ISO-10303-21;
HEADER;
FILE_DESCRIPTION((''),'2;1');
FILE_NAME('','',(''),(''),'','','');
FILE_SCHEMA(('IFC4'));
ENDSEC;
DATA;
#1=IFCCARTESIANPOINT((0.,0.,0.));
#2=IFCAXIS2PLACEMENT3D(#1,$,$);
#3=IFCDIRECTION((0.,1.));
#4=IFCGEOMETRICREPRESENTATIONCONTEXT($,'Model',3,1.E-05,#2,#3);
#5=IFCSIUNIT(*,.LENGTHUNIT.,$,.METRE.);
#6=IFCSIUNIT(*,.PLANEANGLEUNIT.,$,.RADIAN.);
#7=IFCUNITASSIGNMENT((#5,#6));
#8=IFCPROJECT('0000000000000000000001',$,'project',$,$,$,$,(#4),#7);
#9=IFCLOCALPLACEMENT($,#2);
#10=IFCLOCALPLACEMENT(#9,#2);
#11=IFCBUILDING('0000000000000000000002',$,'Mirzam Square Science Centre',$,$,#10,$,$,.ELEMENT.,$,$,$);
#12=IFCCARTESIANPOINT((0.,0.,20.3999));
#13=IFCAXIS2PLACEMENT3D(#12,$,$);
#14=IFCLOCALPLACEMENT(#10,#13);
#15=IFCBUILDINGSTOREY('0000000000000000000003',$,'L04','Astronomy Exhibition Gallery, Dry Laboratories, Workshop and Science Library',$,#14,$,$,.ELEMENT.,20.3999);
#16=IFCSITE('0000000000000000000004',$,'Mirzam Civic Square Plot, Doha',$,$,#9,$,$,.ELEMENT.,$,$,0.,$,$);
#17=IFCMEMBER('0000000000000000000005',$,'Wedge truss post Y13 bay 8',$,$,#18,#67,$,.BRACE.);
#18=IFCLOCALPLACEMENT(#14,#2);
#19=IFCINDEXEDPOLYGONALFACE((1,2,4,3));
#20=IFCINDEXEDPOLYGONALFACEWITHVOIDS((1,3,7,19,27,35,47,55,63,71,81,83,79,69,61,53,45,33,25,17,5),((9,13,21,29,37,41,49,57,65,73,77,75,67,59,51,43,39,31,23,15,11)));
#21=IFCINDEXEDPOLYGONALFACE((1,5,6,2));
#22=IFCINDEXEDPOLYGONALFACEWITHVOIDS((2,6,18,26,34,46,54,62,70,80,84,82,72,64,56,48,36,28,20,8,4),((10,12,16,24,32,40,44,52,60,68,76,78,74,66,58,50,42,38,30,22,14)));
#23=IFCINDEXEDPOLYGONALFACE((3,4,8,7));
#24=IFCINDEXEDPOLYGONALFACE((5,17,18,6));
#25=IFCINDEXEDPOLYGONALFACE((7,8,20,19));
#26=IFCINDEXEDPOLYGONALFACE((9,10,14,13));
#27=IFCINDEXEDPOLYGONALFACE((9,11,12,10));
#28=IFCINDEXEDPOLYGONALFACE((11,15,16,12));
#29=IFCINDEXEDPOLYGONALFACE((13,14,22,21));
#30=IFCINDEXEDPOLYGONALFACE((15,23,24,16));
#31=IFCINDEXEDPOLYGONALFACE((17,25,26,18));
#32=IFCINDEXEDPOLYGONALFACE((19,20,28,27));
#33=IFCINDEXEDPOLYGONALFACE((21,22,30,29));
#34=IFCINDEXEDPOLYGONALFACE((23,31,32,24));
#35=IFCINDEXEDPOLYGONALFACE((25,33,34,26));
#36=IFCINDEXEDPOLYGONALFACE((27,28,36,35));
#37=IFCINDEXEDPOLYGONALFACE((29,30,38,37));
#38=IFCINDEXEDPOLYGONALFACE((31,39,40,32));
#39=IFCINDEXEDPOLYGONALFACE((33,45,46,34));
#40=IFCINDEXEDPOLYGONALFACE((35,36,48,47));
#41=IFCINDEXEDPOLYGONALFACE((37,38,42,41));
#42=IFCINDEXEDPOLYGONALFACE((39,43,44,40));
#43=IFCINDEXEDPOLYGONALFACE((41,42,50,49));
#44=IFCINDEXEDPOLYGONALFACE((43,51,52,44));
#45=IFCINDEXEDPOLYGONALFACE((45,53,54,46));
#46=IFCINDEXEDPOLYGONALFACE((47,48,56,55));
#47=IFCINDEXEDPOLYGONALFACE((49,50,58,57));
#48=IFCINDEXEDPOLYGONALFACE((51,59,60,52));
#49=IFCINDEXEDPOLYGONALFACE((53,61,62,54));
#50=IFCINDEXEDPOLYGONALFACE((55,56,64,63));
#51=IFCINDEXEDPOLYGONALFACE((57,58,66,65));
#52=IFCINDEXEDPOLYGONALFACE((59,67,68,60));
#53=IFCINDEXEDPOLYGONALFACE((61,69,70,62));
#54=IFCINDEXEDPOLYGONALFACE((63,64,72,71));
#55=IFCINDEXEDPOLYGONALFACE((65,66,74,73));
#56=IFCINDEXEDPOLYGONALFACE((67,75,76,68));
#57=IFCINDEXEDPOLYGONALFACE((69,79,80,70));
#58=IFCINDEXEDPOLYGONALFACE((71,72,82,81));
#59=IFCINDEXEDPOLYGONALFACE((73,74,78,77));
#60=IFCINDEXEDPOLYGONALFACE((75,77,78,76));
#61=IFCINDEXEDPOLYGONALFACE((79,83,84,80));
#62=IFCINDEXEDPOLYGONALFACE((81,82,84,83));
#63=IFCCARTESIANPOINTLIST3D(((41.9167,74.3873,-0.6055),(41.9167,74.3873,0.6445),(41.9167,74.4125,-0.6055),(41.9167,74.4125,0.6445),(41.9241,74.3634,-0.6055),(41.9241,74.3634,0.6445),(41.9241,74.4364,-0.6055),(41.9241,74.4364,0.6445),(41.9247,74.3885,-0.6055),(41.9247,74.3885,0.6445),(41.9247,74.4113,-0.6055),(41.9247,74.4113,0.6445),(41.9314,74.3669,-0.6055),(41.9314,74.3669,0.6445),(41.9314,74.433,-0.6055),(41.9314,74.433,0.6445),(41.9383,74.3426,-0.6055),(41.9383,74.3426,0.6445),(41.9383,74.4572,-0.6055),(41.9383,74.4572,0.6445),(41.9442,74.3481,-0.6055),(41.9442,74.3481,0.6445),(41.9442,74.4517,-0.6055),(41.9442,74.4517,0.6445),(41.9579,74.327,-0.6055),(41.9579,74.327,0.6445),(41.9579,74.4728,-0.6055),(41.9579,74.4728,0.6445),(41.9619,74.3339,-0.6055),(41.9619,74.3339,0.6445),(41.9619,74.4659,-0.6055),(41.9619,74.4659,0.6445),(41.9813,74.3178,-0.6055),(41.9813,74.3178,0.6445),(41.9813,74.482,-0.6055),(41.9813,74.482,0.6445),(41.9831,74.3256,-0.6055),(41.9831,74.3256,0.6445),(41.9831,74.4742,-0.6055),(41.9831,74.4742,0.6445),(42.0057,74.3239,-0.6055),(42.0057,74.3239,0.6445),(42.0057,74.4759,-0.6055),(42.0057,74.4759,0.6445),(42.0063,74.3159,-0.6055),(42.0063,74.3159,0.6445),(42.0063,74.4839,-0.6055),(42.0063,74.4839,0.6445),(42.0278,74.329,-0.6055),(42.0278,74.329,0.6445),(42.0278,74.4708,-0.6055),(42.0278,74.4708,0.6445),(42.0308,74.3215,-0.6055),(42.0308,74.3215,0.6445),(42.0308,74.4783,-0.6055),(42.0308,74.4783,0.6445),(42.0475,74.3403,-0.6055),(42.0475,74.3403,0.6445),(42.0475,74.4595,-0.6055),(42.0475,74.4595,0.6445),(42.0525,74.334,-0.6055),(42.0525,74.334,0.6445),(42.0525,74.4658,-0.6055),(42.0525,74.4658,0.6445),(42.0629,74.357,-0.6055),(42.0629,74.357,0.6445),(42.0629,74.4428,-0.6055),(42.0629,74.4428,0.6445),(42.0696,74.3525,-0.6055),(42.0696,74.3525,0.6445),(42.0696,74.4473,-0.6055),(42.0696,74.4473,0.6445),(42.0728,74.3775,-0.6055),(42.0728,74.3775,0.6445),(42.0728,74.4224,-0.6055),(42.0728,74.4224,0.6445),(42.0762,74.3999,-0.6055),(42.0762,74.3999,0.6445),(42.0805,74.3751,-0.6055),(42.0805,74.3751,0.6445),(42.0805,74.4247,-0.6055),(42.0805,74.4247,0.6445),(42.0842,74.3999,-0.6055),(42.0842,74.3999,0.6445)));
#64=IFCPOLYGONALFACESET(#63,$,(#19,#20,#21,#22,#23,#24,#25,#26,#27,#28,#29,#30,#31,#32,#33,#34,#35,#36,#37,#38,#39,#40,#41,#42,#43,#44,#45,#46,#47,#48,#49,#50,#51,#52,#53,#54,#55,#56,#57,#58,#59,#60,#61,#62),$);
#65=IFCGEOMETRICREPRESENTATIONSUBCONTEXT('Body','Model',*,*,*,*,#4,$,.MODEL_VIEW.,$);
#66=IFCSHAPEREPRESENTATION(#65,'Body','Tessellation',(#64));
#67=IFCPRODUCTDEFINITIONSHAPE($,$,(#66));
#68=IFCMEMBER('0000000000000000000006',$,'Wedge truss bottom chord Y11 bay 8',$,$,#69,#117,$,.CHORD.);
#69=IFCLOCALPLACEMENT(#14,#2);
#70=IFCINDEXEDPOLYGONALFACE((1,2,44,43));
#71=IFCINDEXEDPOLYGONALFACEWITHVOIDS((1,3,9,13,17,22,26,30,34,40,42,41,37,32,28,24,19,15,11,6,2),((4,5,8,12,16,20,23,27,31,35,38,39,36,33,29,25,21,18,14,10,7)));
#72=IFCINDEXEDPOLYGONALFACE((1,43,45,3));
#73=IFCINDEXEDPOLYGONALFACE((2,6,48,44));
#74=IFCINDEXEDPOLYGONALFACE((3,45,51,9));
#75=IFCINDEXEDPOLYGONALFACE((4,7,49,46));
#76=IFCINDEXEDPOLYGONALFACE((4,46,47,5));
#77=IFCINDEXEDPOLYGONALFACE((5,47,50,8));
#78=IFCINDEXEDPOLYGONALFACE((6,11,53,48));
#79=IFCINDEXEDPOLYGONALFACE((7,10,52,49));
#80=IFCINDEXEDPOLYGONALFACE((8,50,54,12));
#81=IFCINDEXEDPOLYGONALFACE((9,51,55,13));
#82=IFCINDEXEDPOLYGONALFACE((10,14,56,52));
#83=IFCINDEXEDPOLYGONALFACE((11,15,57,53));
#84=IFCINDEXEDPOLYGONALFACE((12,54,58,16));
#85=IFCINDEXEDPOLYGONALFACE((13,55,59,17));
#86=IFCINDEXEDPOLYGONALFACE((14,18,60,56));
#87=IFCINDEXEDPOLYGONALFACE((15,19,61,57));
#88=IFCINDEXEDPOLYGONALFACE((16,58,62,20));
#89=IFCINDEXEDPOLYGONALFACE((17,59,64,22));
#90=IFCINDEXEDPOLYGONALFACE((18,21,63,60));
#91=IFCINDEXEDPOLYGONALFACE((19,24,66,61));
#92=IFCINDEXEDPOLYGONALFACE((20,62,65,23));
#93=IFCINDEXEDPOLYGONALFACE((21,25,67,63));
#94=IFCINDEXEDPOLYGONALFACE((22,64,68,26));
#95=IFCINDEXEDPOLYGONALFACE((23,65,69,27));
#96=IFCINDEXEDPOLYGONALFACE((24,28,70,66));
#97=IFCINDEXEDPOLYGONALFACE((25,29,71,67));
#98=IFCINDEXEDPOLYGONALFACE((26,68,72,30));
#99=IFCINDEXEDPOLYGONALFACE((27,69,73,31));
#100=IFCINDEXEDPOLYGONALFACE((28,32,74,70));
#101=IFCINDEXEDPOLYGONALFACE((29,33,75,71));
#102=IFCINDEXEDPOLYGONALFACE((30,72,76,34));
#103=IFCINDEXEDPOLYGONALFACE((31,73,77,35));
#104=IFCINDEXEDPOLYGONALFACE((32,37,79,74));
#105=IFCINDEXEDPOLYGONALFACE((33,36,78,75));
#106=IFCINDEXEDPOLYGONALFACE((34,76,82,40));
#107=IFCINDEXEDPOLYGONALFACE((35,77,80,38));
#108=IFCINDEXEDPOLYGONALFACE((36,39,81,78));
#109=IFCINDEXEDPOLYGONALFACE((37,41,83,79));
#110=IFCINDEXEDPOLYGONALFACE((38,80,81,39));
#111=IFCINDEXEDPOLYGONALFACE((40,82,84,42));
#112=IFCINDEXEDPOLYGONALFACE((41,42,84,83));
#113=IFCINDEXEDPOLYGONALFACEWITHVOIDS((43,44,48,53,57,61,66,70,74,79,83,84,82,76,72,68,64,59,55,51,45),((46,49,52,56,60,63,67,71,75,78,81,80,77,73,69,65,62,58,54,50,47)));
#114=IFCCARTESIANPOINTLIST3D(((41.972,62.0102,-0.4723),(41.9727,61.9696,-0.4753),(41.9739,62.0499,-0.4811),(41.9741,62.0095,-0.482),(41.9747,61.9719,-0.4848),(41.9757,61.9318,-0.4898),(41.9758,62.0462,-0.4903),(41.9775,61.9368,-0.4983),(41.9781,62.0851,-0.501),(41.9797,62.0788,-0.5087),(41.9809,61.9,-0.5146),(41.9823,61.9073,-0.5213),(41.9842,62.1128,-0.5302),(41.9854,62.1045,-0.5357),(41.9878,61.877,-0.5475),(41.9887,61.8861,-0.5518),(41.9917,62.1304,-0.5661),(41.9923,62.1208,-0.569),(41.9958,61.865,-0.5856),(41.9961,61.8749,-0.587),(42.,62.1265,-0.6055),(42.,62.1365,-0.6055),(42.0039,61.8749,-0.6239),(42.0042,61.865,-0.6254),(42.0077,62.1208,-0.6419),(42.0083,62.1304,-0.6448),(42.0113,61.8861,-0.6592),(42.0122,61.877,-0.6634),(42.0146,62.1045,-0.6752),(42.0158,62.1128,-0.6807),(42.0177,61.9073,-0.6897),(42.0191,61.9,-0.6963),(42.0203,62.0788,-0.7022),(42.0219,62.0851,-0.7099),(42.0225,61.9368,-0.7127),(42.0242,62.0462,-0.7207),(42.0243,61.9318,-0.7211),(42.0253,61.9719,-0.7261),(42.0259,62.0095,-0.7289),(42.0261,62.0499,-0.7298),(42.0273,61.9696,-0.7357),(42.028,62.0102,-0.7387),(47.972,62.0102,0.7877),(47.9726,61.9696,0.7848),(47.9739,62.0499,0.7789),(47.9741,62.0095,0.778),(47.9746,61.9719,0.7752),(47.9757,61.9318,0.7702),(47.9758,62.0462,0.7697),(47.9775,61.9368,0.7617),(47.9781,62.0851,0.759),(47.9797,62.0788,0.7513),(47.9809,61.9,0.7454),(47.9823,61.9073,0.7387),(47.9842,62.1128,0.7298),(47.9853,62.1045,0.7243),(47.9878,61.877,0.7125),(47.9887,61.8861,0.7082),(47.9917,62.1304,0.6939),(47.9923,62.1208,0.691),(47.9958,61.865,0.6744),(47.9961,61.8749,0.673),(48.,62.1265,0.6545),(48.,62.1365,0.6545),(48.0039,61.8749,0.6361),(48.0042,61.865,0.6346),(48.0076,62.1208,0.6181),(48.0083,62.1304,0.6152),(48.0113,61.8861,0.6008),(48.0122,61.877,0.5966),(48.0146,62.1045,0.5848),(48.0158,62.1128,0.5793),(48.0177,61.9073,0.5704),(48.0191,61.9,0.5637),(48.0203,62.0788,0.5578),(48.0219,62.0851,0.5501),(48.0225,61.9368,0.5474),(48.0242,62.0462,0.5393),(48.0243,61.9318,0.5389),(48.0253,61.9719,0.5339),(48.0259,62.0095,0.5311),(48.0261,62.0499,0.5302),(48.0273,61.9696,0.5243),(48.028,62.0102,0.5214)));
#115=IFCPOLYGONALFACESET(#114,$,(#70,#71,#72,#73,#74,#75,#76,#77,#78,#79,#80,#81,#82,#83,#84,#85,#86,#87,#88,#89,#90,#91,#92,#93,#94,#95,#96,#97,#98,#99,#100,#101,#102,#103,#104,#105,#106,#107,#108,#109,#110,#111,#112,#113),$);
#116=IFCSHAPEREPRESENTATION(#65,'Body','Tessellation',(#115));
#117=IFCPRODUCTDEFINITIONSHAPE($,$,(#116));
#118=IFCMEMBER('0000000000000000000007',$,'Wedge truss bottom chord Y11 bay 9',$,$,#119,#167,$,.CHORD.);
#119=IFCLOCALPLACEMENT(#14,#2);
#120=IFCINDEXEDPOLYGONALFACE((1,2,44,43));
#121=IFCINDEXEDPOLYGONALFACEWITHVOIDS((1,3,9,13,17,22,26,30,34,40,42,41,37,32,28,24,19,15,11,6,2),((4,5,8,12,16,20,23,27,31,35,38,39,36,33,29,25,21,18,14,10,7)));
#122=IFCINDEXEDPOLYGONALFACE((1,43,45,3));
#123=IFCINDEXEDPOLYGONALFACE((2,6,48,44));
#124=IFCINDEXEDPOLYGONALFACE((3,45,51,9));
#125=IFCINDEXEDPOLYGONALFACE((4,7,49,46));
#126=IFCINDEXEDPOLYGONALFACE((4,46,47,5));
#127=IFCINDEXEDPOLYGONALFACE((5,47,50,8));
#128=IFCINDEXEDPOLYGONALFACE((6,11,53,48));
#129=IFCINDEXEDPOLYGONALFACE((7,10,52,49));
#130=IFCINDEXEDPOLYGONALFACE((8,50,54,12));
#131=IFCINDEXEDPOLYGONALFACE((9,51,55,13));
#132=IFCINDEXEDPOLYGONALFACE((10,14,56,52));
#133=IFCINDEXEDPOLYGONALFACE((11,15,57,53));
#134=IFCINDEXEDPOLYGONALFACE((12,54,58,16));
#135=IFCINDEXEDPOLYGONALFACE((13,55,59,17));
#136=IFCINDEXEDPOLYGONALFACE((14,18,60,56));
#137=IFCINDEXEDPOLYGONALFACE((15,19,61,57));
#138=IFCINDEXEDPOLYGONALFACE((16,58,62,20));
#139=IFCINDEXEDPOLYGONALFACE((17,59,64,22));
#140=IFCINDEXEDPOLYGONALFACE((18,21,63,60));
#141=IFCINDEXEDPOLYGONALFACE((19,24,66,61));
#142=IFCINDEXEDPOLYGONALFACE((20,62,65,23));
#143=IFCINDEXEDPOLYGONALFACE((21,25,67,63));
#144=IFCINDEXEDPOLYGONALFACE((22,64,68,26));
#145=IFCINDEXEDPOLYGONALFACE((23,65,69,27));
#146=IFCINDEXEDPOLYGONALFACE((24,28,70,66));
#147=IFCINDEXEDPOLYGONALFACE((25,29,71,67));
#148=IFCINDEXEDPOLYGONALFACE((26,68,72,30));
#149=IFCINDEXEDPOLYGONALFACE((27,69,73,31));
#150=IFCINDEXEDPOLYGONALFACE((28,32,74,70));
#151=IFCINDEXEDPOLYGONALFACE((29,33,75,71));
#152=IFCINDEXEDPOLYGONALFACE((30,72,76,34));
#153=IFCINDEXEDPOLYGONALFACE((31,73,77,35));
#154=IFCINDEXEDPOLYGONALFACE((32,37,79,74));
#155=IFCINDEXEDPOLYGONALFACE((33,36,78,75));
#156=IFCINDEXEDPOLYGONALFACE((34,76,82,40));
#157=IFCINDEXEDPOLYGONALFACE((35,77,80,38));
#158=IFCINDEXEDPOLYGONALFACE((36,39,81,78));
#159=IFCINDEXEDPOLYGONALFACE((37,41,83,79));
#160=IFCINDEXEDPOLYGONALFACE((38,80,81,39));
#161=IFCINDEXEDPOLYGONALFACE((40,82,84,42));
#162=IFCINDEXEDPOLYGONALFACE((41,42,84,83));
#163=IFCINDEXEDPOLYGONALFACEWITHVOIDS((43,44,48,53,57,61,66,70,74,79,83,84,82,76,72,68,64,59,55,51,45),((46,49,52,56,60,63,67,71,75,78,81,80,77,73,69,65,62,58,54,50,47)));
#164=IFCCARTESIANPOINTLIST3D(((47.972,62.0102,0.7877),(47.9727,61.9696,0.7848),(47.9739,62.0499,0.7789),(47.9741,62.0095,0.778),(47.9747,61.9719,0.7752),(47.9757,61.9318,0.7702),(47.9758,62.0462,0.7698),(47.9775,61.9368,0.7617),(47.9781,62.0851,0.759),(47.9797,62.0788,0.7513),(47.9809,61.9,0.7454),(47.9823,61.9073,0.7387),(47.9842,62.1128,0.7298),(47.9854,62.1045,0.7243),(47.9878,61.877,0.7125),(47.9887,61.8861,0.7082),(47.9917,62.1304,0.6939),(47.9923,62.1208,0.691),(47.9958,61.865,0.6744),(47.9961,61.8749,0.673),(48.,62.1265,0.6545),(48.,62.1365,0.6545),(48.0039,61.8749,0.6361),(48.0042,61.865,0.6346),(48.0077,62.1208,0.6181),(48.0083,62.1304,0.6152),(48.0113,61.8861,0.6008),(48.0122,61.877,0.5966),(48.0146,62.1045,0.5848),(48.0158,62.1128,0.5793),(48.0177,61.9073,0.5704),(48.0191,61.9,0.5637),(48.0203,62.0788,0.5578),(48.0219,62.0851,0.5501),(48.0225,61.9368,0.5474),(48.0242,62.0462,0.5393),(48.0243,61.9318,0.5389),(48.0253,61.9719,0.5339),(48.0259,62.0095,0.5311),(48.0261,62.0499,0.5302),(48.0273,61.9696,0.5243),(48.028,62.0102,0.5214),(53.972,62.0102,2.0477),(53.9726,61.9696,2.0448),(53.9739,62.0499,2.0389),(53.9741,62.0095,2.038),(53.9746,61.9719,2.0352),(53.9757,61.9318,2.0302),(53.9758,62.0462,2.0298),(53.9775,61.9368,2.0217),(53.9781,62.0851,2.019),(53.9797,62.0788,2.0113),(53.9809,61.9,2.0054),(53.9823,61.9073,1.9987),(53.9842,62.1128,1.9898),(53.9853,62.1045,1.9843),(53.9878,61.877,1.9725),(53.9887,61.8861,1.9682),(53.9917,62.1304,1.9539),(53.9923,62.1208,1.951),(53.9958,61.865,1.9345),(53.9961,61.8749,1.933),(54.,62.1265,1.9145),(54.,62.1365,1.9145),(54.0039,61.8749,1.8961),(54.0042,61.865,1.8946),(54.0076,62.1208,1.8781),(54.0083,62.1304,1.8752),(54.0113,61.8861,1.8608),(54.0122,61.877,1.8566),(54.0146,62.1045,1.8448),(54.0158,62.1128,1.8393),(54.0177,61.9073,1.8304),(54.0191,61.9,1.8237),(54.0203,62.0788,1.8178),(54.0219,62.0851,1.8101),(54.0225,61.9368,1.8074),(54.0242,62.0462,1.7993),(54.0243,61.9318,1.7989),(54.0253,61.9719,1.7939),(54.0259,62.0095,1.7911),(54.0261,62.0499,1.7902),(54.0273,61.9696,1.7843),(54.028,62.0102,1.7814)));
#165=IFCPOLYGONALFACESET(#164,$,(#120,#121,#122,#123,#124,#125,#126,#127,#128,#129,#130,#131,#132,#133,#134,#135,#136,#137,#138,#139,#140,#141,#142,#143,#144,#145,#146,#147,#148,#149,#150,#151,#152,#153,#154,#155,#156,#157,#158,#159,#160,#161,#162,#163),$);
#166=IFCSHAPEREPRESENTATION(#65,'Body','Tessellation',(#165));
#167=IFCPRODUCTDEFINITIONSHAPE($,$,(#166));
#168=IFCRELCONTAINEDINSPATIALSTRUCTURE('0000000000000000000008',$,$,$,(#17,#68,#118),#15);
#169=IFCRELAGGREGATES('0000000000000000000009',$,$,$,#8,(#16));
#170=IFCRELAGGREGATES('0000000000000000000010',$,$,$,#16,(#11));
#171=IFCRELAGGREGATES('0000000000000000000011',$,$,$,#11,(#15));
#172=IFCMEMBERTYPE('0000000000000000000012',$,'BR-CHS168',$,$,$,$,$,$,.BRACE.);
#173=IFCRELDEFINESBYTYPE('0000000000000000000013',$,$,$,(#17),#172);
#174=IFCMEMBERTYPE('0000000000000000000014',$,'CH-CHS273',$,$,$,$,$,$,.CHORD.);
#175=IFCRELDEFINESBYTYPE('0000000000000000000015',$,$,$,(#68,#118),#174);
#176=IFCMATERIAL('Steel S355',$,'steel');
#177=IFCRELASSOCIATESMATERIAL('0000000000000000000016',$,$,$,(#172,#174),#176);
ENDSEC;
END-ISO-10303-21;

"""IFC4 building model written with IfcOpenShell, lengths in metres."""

from ifc_helpers import new_model, si_unit, direction, frame, origin, origin_2d, place, context, subcontext, project, spatial, hollow_circle, extrude, material, material_profile, profile_set, type_object, element, save


model = new_model("IFC4")

# Units and contexts
model_context = context("Model", 3, precision=1e-05, world=origin(), true_north=direction((0.0, 1.0)))
body_context = subcontext(model_context, "Body", "Model", "MODEL_VIEW")
ifc_project = project(units=[si_unit("LENGTHUNIT", "METRE"), si_unit("PLANEANGLEUNIT", "RADIAN")], contexts=[model_context])

# Site, building, storey
site_placement = place(None, origin())
site = spatial("IfcSite", under=ifc_project, at=site_placement, Name="Mirzam Civic Square Plot, Doha", CompositionType="ELEMENT", RefElevation=0.0)
building_placement = place(site_placement, origin())
building = spatial("IfcBuilding", under=site, at=building_placement, Name="Mirzam Square Science Centre", CompositionType="ELEMENT")
storey_placement = place(building_placement, frame((0.0, 0.0, 20.3999)))
storey = spatial("IfcBuildingStorey", under=building, at=storey_placement, Name="L04", Description="Astronomy Exhibition Gallery, Dry Laboratories, Workshop and Science Library", CompositionType="ELEMENT", Elevation=20.3999)

# Members
ifc_material = material(Name="Steel S355", Category="steel")
ifc_material_profile_1 = material_profile(ifc_material, hollow_circle(Radius=0.0842, WallThickness=0.0081, at=origin_2d()), Name="168.3x8.0CHS")
ifc_profile_set_1 = profile_set([ifc_material_profile_1], Name="Steel S355")
member_type_1 = type_object("IfcMemberType", Name="BR-CHS168", PredefinedType="BRACE", material=ifc_profile_set_1)
member_1_placement = place(storey_placement, frame((42.0, 74.3999, -0.6055), z_axis=(0.0, 0.0, 1.0), x_axis=(1.0, 0.0, 0.0)))
element("IfcMember", 1, at=member_1_placement, inside=storey, type_object=member_type_1, Name="Wedge truss post Y13 bay 8", PredefinedType="BRACE", context=body_context, shape_type="SweptSolid", body=[
    extrude(hollow_circle(Radius=0.0842, WallThickness=0.0081, at=origin_2d()), origin(), (0.0, 0.0, 1.0), 1.25),
])
ifc_material_profile_2 = material_profile(ifc_material, hollow_circle(Radius=0.1365, WallThickness=0.01, at=origin_2d()), Name="273.0x10.0CHS")
ifc_profile_set_2 = profile_set([ifc_material_profile_2], Name="Steel S355")
member_type_2 = type_object("IfcMemberType", Name="CH-CHS273", PredefinedType="CHORD", material=ifc_profile_set_2)
for number, where, z_axis, x_axis, name in (
    (2, (42.0, 62.0, -0.6055), (0.978653, 0.0, 0.205519), (0.0, 1.0, 0.0), "Wedge truss bottom chord Y11 bay 8"),
    (3, (48.0, 62.0, 0.6545), (0.978653, 0.0, 0.205519), (0.0, 1.0, 0.0), "Wedge truss bottom chord Y11 bay 9"),
):
    element("IfcMember", number, at=place(storey_placement, frame(where, z_axis=z_axis, x_axis=x_axis)), inside=storey, type_object=member_type_2, Name=name, PredefinedType="CHORD", context=body_context, shape_type="SweptSolid", body=[
        extrude(hollow_circle(Radius=0.1365, WallThickness=0.01, at=origin_2d()), origin(), (0.0, 0.0, 1.0), 6.1309),
    ])

save(model, "model.ifc")
